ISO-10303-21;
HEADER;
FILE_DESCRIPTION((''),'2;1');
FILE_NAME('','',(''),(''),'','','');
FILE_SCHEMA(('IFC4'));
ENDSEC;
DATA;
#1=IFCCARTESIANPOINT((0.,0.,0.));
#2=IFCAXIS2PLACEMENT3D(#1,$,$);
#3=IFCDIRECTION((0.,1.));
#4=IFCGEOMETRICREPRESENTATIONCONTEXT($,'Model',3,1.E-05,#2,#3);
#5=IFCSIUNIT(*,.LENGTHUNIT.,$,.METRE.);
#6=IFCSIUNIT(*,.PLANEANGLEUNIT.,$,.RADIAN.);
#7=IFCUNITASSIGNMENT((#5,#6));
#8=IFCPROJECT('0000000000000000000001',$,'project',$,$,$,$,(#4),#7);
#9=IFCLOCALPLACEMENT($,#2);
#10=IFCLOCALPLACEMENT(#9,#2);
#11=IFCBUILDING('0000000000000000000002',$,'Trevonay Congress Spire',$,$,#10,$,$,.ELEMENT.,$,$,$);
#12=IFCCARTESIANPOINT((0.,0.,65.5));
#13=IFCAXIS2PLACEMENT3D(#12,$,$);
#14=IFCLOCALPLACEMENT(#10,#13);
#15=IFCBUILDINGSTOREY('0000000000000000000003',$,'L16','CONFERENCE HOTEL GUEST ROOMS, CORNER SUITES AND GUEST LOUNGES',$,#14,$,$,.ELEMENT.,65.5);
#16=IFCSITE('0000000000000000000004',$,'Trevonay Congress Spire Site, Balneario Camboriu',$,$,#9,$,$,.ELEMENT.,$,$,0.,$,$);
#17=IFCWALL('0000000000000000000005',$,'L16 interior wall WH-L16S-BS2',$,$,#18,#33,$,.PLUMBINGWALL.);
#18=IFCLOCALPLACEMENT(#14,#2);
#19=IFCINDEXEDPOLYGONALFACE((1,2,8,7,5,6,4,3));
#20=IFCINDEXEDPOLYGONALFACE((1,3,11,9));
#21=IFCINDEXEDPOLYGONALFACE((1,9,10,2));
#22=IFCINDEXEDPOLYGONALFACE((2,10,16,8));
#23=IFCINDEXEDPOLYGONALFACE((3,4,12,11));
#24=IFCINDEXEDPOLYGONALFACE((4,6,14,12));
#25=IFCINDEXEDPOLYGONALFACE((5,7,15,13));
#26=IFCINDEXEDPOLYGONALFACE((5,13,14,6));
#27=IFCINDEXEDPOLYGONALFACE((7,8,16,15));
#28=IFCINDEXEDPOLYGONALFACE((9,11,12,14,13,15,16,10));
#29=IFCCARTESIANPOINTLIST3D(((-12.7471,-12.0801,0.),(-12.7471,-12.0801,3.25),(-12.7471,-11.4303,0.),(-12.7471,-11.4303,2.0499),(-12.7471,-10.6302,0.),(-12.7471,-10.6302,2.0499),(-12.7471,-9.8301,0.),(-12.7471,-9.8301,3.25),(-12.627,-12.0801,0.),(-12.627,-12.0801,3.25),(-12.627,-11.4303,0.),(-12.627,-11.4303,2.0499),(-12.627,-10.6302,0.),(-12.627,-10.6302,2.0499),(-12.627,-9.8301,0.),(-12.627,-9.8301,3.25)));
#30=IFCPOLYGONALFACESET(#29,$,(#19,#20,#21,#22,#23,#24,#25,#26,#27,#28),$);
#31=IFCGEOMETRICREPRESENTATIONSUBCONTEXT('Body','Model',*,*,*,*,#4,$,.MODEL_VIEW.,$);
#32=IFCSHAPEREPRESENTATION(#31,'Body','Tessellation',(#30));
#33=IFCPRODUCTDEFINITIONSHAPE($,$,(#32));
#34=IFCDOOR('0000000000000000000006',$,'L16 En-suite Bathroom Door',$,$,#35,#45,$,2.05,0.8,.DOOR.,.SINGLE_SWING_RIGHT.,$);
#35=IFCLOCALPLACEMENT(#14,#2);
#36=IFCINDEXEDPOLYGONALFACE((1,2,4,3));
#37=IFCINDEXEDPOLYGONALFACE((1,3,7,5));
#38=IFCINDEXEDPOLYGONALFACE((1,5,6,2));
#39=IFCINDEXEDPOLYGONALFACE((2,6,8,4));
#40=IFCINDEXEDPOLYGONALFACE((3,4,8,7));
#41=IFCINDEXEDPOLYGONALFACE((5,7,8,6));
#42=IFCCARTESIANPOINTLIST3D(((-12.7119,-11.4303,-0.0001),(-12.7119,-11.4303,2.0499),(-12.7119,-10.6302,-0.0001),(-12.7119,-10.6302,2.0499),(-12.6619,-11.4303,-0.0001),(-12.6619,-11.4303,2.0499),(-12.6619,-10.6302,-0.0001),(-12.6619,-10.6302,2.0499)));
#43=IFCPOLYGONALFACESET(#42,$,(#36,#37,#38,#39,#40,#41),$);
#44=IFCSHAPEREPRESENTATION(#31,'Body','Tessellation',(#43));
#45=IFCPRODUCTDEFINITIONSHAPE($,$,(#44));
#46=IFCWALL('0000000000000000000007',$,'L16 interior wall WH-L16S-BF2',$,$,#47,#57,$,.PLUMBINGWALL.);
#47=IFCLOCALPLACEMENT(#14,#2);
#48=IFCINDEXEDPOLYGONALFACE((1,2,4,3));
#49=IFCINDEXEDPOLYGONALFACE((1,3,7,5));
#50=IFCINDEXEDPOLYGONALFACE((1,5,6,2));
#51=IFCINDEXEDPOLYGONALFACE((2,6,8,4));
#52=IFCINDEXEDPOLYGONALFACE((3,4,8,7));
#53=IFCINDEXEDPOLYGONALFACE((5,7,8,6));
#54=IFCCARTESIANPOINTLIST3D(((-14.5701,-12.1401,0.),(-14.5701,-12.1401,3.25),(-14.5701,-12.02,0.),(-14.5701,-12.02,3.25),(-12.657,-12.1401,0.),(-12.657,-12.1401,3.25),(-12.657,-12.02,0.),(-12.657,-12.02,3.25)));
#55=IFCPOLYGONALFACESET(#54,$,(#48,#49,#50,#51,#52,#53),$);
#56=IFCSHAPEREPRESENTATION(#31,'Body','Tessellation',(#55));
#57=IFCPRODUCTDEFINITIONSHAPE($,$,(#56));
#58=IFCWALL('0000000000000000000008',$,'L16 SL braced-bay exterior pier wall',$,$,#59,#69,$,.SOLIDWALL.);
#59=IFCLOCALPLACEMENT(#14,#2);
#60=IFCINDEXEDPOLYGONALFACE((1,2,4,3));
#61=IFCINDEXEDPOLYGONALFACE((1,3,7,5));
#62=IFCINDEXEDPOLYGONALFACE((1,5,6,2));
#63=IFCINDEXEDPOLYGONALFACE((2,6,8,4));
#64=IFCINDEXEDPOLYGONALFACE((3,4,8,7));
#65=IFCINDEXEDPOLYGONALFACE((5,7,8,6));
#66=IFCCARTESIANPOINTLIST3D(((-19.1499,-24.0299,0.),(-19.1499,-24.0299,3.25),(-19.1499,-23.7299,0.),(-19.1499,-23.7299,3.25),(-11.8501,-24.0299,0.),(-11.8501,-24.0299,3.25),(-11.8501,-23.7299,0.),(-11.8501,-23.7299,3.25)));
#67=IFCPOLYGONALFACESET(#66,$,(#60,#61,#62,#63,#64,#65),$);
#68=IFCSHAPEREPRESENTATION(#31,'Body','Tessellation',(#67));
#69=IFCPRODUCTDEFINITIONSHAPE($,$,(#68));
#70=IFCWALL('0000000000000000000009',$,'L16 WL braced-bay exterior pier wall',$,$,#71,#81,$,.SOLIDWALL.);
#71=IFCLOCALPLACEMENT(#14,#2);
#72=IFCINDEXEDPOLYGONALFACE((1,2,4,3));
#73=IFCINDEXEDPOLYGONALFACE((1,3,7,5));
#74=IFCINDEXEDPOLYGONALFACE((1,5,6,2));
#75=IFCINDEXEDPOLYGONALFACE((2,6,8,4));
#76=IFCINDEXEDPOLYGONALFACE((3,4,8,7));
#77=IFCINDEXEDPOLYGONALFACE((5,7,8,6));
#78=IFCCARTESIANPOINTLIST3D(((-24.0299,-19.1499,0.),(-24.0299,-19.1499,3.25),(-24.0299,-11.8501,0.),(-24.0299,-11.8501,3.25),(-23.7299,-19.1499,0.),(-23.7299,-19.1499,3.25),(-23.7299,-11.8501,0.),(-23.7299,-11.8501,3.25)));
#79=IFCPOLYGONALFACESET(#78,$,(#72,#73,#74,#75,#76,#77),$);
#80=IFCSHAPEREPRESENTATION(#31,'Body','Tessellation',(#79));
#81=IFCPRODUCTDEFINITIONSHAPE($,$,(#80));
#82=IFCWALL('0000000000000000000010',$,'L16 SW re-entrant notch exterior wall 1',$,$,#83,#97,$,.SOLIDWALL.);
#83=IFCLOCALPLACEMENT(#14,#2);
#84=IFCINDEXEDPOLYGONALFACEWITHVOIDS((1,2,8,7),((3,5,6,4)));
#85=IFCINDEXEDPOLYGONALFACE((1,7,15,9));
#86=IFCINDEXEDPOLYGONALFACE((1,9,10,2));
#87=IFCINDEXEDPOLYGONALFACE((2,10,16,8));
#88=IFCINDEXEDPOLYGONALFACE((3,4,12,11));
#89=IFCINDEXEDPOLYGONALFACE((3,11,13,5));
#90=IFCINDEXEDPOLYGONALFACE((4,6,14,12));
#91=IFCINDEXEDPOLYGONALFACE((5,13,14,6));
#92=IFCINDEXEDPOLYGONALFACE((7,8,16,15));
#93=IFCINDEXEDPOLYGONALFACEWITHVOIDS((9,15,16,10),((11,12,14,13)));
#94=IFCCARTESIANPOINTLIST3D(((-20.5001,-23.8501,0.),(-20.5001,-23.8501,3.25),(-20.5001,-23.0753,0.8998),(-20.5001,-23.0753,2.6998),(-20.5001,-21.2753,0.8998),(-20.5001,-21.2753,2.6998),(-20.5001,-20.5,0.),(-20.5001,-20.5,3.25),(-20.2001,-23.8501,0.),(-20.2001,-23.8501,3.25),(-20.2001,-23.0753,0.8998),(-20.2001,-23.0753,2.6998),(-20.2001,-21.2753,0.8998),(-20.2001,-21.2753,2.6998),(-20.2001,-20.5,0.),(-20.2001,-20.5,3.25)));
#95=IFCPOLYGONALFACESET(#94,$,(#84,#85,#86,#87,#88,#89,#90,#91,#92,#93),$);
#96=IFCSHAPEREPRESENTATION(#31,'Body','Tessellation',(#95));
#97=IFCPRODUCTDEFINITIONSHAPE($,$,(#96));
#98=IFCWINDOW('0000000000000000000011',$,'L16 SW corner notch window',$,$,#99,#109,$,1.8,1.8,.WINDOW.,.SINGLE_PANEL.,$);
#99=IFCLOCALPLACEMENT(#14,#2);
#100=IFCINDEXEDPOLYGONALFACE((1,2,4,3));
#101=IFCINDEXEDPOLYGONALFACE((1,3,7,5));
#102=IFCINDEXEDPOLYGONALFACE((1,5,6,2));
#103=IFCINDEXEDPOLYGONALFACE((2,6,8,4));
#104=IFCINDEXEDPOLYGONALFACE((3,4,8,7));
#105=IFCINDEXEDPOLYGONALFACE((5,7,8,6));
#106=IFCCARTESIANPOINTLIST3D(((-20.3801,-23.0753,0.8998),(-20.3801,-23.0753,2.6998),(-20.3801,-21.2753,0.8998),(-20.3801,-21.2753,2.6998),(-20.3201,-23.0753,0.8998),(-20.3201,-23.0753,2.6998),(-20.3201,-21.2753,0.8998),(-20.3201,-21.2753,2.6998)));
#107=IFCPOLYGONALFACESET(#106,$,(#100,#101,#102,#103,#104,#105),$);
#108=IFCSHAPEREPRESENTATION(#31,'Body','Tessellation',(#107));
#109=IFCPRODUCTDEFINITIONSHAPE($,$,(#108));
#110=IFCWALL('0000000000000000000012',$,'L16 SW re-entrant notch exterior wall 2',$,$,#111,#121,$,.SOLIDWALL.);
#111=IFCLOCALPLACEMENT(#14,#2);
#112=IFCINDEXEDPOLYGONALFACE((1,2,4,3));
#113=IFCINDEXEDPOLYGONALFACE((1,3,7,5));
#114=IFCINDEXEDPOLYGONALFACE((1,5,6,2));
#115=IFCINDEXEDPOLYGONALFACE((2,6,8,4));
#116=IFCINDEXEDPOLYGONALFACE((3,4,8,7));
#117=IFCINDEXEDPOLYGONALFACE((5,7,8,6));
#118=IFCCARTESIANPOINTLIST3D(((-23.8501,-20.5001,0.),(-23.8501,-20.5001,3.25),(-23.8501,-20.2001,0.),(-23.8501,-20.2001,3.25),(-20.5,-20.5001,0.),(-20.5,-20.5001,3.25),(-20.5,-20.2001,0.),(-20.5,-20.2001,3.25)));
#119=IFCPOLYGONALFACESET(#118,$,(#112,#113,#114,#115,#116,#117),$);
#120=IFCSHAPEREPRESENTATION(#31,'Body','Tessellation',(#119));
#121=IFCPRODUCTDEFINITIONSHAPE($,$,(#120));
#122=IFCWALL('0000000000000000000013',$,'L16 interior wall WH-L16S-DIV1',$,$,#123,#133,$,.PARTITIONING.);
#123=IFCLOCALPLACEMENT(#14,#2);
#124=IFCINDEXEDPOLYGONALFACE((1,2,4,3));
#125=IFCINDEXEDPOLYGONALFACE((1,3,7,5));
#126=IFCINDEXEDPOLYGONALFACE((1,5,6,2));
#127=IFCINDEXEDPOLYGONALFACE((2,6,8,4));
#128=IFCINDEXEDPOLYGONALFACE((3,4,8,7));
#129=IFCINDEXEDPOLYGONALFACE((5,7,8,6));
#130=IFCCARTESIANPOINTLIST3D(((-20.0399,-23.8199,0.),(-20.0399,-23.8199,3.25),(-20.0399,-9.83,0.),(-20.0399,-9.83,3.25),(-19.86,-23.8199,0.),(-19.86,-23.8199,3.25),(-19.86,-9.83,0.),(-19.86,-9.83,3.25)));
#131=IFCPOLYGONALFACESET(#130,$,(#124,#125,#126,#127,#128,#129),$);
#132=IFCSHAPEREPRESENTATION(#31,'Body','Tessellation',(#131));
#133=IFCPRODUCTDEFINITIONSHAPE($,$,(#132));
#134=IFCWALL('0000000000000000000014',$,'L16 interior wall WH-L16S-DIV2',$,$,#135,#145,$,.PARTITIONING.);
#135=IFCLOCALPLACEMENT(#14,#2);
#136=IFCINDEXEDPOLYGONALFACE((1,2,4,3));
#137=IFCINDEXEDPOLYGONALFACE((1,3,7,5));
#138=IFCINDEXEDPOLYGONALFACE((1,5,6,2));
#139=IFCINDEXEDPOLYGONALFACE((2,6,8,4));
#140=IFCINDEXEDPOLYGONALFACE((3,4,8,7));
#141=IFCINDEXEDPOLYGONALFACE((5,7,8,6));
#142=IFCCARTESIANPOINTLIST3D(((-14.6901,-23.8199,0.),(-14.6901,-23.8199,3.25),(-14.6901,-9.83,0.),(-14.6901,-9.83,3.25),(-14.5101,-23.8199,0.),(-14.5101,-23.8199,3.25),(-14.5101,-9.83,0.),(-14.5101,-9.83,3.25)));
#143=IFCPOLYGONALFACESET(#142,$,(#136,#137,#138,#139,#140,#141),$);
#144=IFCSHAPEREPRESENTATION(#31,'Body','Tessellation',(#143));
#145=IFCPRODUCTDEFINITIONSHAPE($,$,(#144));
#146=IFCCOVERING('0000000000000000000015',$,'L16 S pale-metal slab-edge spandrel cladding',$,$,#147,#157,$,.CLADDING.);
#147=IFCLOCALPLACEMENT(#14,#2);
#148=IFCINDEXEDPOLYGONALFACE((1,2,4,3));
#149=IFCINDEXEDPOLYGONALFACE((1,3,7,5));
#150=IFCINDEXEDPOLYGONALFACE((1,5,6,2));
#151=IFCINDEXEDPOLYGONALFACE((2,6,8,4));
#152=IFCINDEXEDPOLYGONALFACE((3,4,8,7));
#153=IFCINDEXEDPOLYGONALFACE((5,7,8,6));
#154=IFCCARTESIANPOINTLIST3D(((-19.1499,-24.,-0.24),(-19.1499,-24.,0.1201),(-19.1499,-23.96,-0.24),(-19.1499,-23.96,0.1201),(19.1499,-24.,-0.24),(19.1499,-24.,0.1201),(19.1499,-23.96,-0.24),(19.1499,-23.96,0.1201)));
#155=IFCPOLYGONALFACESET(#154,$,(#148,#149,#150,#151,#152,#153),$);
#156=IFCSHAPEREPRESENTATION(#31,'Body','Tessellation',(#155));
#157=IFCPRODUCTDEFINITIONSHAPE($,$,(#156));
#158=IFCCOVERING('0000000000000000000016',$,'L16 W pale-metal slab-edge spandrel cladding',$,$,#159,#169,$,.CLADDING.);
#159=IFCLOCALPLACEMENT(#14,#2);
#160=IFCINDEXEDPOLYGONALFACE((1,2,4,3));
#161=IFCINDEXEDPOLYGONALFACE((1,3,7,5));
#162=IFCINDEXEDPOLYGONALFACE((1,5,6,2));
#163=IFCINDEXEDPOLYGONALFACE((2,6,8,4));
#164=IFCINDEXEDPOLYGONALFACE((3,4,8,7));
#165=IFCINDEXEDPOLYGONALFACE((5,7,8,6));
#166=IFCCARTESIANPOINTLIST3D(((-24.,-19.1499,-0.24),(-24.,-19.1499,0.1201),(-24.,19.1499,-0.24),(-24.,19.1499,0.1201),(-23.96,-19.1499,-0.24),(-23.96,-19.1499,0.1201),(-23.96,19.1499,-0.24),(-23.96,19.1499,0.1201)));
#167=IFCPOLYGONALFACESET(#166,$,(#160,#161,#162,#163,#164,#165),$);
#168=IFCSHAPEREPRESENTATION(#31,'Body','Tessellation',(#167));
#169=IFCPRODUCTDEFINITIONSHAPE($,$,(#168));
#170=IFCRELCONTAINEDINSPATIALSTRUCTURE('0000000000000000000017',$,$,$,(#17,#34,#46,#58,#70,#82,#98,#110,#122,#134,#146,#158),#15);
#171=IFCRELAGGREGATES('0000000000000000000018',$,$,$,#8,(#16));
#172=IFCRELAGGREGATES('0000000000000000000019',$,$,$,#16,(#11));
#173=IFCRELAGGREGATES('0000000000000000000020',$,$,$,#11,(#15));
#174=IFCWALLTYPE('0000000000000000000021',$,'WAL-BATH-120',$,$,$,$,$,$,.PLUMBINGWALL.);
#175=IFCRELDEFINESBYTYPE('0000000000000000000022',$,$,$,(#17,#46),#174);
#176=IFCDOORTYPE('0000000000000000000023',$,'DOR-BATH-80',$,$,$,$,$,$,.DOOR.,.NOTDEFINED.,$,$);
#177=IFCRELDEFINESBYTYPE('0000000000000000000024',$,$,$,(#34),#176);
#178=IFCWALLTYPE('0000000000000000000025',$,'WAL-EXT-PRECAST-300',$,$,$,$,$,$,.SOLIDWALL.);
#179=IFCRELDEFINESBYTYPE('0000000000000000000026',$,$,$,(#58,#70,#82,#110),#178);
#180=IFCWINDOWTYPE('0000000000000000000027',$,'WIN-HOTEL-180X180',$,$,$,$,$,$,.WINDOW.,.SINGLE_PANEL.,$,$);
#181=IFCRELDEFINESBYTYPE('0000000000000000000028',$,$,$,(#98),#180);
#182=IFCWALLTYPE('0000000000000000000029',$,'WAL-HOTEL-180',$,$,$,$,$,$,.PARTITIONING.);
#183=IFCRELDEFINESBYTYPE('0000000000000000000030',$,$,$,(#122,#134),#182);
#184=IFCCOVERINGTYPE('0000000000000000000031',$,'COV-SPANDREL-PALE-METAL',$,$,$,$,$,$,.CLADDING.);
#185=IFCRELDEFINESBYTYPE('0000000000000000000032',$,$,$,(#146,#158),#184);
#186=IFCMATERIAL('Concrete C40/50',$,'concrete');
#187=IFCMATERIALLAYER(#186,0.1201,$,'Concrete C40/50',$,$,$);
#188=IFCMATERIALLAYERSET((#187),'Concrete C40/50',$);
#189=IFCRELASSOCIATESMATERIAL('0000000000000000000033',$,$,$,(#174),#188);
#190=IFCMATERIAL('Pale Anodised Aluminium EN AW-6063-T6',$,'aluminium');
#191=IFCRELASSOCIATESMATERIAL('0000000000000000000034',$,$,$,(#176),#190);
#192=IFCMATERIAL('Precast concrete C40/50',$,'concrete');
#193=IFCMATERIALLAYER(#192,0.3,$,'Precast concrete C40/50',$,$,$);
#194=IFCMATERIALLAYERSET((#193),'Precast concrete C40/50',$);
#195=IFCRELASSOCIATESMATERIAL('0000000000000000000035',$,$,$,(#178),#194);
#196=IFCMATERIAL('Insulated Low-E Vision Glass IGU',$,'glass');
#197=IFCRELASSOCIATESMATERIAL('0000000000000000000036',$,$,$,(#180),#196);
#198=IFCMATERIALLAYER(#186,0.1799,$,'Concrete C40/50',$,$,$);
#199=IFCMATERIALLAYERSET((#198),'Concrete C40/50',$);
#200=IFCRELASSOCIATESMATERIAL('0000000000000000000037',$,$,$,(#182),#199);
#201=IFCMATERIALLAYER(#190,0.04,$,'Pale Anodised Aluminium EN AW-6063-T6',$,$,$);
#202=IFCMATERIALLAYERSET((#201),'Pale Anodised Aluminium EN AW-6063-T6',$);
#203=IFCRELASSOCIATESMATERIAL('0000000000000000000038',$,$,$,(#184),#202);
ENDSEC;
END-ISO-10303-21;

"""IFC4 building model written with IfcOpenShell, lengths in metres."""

from ifc_helpers import new_model, si_unit, direction, frame, frame_2d, origin, place, context, subcontext, project, spatial, rectangle, extrude, material, layer, layer_set, type_object, element, fill, save


model = new_model("IFC4")

# Units and contexts
model_context = context("Model", 3, precision=1e-05, world=origin(), true_north=direction((0.0, 1.0)))
body_context = subcontext(model_context, "Body", "Model", "MODEL_VIEW")
ifc_project = project(units=[si_unit("LENGTHUNIT", "METRE"), si_unit("PLANEANGLEUNIT", "RADIAN")], contexts=[model_context])

# Site, building, storey
site_placement = place(None, origin())
site = spatial("IfcSite", under=ifc_project, at=site_placement, Name="Trevonay Congress Spire Site, Balneario Camboriu", CompositionType="ELEMENT", RefElevation=0.0)
building_placement = place(site_placement, origin())
building = spatial("IfcBuilding", under=site, at=building_placement, Name="Trevonay Congress Spire", CompositionType="ELEMENT")
storey_placement = place(building_placement, frame((0.0, 0.0, 65.5)))
storey = spatial("IfcBuildingStorey", under=building, at=storey_placement, Name="L16", Description="CONFERENCE HOTEL GUEST ROOMS, CORNER SUITES AND GUEST LOUNGES", CompositionType="ELEMENT", Elevation=65.5)

# Shared definitions
ifc_material_1 = material(Name="Concrete C40/50", Category="concrete")
ifc_layer_1 = layer(ifc_material_1, 0.1201, Name="Concrete C40/50")
ifc_layer_set_1 = layer_set([ifc_layer_1], Name="Concrete C40/50")
wall_type_1 = type_object("IfcWallType", Name="WAL-BATH-120", PredefinedType="PLUMBINGWALL", material=ifc_layer_set_1)
ifc_material_2 = material(Name="Pale Anodised Aluminium EN AW-6063-T6", Category="aluminium")
door_type = type_object("IfcDoorType", Name="DOR-BATH-80", OperationType="NOTDEFINED", PredefinedType="DOOR", material=ifc_material_2)

# Wall, opening, door
wall_1_placement = place(storey_placement, frame((-12.687, -12.0801, 0.0), z_axis=(0.0, 0.0, 1.0), x_axis=(0.0, 1.0, 0.0)))
wall_1 = element("IfcWall", 1, at=wall_1_placement, inside=storey, type_object=wall_type_1, Name="L16 interior wall WH-L16S-BS2", PredefinedType="PLUMBINGWALL", context=body_context, shape_type="SweptSolid", body=[
    extrude(rectangle(XDim=2.25, YDim=0.1201, at=frame_2d((1.125, 0.0))), origin(), (0.0, 0.0, 1.0), 3.25),
])
opening_1_placement = place(wall_1_placement, frame((0.6499, 0.0, 0.0)))
opening_1 = element("IfcOpeningElement", 2, at=opening_1_placement, cuts=wall_1, PredefinedType="OPENING", context=body_context, shape_type="SweptSolid", body=[
    extrude(rectangle(XDim=0.8, YDim=2.05, at=frame_2d((0.3999, 1.0249))), frame((0.0, 0.0701, 0.0), z_axis=(0.0, -1.0, 0.0), x_axis=(1.0, 0.0, 0.0)), (0.0, 0.0, 1.0), 0.1401),
])
door_1_placement = place(opening_1_placement, origin())
door_1 = element("IfcDoor", 3, at=door_1_placement, inside=storey, type_object=door_type, Name="L16 En-suite Bathroom Door", OperationType="SINGLE_SWING_RIGHT", OverallHeight=2.05, OverallWidth=0.8, PredefinedType="DOOR", context=body_context, shape_type="SweptSolid", body=[
    extrude(rectangle(XDim=0.8, YDim=2.05, at=frame_2d((0.3999, 1.0249))), frame((0.0, 0.0249, 0.0), z_axis=(0.0, -1.0, 0.0), x_axis=(1.0, 0.0, 0.0)), (0.0, 0.0, 1.0), 0.05),
])
fill(opening_1, door_1)

# Walls
wall_2_placement = place(storey_placement, frame((-14.5701, -12.0801, 0.0), z_axis=(0.0, 0.0, 1.0), x_axis=(1.0, 0.0, 0.0)))
element("IfcWall", 4, at=wall_2_placement, inside=storey, type_object=wall_type_1, Name="L16 interior wall WH-L16S-BF2", PredefinedType="PLUMBINGWALL", context=body_context, shape_type="SweptSolid", body=[
    extrude(rectangle(XDim=1.9131, YDim=0.1201, at=frame_2d((0.9565, 0.0))), origin(), (0.0, 0.0, 1.0), 3.25),
])
ifc_material_3 = material(Name="Precast concrete C40/50", Category="concrete")
ifc_layer_2 = layer(ifc_material_3, 0.3, Name="Precast concrete C40/50")
ifc_layer_set_2 = layer_set([ifc_layer_2], Name="Precast concrete C40/50")
wall_type_2 = type_object("IfcWallType", Name="WAL-EXT-PRECAST-300", PredefinedType="SOLIDWALL", material=ifc_layer_set_2)
for number, where, z_axis, x_axis, name in (
    (5, (-19.1499, -23.8799, 0.0), (0.0, 0.0, 1.0), (1.0, 0.0, 0.0), "L16 SL braced-bay exterior pier wall"),
    (6, (-23.8799, -19.1499, 0.0), (0.0, 0.0, 1.0), (0.0, 1.0, 0.0), "L16 WL braced-bay exterior pier wall"),
):
    element("IfcWall", number, at=place(storey_placement, frame(where, z_axis=z_axis, x_axis=x_axis)), inside=storey, type_object=wall_type_2, Name=name, PredefinedType="SOLIDWALL", context=body_context, shape_type="SweptSolid", body=[
        extrude(rectangle(XDim=7.2998, YDim=0.3, at=frame_2d((3.6499, 0.0))), origin(), (0.0, 0.0, 1.0), 3.25),
    ])

# Wall, opening, window
wall_3_placement = place(storey_placement, frame((-20.3501, -23.8501, 0.0), z_axis=(0.0, 0.0, 1.0), x_axis=(0.0, 1.0, 0.0)))
wall_3 = element("IfcWall", 7, at=wall_3_placement, inside=storey, type_object=wall_type_2, Name="L16 SW re-entrant notch exterior wall 1", PredefinedType="SOLIDWALL", context=body_context, shape_type="SweptSolid", body=[
    extrude(rectangle(XDim=3.3501, YDim=0.3, at=frame_2d((1.675, 0.0))), origin(), (0.0, 0.0, 1.0), 3.25),
])
opening_2_placement = place(wall_3_placement, frame((0.7749, 0.0, 0.8999)))
opening_2 = element("IfcOpeningElement", 8, at=opening_2_placement, cuts=wall_3, PredefinedType="OPENING", context=body_context, shape_type="SweptSolid", body=[
    extrude(rectangle(XDim=1.8, YDim=1.8, at=frame_2d((0.8999, 0.8999))), frame((0.0, 0.1602, 0.0), z_axis=(0.0, -1.0, 0.0), x_axis=(1.0, 0.0, 0.0)), (0.0, 0.0, 1.0), 0.3201),
])
ifc_material_4 = material(Name="Insulated Low-E Vision Glass IGU", Category="glass")
window_type = type_object("IfcWindowType", Name="WIN-HOTEL-180X180", PartitioningType="SINGLE_PANEL", PredefinedType="WINDOW", material=ifc_material_4)
window_placement = place(opening_2_placement, origin())
window = element("IfcWindow", 9, at=window_placement, inside=storey, type_object=window_type, Name="L16 SW corner notch window", OverallHeight=1.8, OverallWidth=1.8, PartitioningType="SINGLE_PANEL", PredefinedType="WINDOW", context=body_context, shape_type="SweptSolid", body=[
    extrude(rectangle(XDim=1.8, YDim=1.8, at=frame_2d((0.8999, 0.8999))), frame((0.0, 0.03, 0.0), z_axis=(0.0, -1.0, 0.0), x_axis=(1.0, 0.0, 0.0)), (0.0, 0.0, 1.0), 0.0601),
])
fill(opening_2, window)

# Walls
wall_4_placement = place(storey_placement, frame((-23.8501, -20.3501, 0.0), z_axis=(0.0, 0.0, 1.0), x_axis=(1.0, 0.0, 0.0)))
element("IfcWall", 10, at=wall_4_placement, inside=storey, type_object=wall_type_2, Name="L16 SW re-entrant notch exterior wall 2", PredefinedType="SOLIDWALL", context=body_context, shape_type="SweptSolid", body=[
    extrude(rectangle(XDim=3.3501, YDim=0.3, at=frame_2d((1.675, 0.0))), origin(), (0.0, 0.0, 1.0), 3.25),
])
ifc_layer_3 = layer(ifc_material_1, 0.1799, Name="Concrete C40/50")
ifc_layer_set_3 = layer_set([ifc_layer_3], Name="Concrete C40/50")
wall_type_3 = type_object("IfcWallType", Name="WAL-HOTEL-180", PredefinedType="PARTITIONING", material=ifc_layer_set_3)
for number, where, z_axis, x_axis, name in (
    (11, (-19.95, -23.8201, 0.0), (0.0, 0.0, 1.0), (0.0, 1.0, 0.0), "L16 interior wall WH-L16S-DIV1"),
    (12, (-14.6001, -23.8201, 0.0), (0.0, 0.0, 1.0), (0.0, 1.0, 0.0), "L16 interior wall WH-L16S-DIV2"),
):
    element("IfcWall", number, at=place(storey_placement, frame(where, z_axis=z_axis, x_axis=x_axis)), inside=storey, type_object=wall_type_3, Name=name, PredefinedType="PARTITIONING", context=body_context, shape_type="SweptSolid", body=[
        extrude(rectangle(XDim=13.99, YDim=0.1799, at=frame_2d((6.9951, 0.0))), origin(), (0.0, 0.0, 1.0), 3.25),
    ])

# Coverings
ifc_layer_4 = layer(ifc_material_2, 0.04, Name="Pale Anodised Aluminium EN AW-6063-T6")
ifc_layer_set_4 = layer_set([ifc_layer_4], Name="Pale Anodised Aluminium EN AW-6063-T6")
covering_type = type_object("IfcCoveringType", Name="COV-SPANDREL-PALE-METAL", PredefinedType="CLADDING", material=ifc_layer_set_4)
for number, where, z_axis, x_axis, name in (
    (13, (-19.1499, -23.98, -0.24), (0.0, 0.0, 1.0), (1.0, 0.0, 0.0), "L16 S pale-metal slab-edge spandrel cladding"),
    (14, (-23.98, -19.1499, -0.24), (0.0, 0.0, 1.0), (0.0, 1.0, 0.0), "L16 W pale-metal slab-edge spandrel cladding"),
):
    element("IfcCovering", number, at=place(storey_placement, frame(where, z_axis=z_axis, x_axis=x_axis)), inside=storey, type_object=covering_type, Name=name, PredefinedType="CLADDING", context=body_context, shape_type="SweptSolid", body=[
        extrude(rectangle(XDim=38.2998, YDim=0.04, at=frame_2d((19.1499, 0.0))), origin(), (0.0, 0.0, 1.0), 0.3601),
    ])

save(model, "model.ifc")
